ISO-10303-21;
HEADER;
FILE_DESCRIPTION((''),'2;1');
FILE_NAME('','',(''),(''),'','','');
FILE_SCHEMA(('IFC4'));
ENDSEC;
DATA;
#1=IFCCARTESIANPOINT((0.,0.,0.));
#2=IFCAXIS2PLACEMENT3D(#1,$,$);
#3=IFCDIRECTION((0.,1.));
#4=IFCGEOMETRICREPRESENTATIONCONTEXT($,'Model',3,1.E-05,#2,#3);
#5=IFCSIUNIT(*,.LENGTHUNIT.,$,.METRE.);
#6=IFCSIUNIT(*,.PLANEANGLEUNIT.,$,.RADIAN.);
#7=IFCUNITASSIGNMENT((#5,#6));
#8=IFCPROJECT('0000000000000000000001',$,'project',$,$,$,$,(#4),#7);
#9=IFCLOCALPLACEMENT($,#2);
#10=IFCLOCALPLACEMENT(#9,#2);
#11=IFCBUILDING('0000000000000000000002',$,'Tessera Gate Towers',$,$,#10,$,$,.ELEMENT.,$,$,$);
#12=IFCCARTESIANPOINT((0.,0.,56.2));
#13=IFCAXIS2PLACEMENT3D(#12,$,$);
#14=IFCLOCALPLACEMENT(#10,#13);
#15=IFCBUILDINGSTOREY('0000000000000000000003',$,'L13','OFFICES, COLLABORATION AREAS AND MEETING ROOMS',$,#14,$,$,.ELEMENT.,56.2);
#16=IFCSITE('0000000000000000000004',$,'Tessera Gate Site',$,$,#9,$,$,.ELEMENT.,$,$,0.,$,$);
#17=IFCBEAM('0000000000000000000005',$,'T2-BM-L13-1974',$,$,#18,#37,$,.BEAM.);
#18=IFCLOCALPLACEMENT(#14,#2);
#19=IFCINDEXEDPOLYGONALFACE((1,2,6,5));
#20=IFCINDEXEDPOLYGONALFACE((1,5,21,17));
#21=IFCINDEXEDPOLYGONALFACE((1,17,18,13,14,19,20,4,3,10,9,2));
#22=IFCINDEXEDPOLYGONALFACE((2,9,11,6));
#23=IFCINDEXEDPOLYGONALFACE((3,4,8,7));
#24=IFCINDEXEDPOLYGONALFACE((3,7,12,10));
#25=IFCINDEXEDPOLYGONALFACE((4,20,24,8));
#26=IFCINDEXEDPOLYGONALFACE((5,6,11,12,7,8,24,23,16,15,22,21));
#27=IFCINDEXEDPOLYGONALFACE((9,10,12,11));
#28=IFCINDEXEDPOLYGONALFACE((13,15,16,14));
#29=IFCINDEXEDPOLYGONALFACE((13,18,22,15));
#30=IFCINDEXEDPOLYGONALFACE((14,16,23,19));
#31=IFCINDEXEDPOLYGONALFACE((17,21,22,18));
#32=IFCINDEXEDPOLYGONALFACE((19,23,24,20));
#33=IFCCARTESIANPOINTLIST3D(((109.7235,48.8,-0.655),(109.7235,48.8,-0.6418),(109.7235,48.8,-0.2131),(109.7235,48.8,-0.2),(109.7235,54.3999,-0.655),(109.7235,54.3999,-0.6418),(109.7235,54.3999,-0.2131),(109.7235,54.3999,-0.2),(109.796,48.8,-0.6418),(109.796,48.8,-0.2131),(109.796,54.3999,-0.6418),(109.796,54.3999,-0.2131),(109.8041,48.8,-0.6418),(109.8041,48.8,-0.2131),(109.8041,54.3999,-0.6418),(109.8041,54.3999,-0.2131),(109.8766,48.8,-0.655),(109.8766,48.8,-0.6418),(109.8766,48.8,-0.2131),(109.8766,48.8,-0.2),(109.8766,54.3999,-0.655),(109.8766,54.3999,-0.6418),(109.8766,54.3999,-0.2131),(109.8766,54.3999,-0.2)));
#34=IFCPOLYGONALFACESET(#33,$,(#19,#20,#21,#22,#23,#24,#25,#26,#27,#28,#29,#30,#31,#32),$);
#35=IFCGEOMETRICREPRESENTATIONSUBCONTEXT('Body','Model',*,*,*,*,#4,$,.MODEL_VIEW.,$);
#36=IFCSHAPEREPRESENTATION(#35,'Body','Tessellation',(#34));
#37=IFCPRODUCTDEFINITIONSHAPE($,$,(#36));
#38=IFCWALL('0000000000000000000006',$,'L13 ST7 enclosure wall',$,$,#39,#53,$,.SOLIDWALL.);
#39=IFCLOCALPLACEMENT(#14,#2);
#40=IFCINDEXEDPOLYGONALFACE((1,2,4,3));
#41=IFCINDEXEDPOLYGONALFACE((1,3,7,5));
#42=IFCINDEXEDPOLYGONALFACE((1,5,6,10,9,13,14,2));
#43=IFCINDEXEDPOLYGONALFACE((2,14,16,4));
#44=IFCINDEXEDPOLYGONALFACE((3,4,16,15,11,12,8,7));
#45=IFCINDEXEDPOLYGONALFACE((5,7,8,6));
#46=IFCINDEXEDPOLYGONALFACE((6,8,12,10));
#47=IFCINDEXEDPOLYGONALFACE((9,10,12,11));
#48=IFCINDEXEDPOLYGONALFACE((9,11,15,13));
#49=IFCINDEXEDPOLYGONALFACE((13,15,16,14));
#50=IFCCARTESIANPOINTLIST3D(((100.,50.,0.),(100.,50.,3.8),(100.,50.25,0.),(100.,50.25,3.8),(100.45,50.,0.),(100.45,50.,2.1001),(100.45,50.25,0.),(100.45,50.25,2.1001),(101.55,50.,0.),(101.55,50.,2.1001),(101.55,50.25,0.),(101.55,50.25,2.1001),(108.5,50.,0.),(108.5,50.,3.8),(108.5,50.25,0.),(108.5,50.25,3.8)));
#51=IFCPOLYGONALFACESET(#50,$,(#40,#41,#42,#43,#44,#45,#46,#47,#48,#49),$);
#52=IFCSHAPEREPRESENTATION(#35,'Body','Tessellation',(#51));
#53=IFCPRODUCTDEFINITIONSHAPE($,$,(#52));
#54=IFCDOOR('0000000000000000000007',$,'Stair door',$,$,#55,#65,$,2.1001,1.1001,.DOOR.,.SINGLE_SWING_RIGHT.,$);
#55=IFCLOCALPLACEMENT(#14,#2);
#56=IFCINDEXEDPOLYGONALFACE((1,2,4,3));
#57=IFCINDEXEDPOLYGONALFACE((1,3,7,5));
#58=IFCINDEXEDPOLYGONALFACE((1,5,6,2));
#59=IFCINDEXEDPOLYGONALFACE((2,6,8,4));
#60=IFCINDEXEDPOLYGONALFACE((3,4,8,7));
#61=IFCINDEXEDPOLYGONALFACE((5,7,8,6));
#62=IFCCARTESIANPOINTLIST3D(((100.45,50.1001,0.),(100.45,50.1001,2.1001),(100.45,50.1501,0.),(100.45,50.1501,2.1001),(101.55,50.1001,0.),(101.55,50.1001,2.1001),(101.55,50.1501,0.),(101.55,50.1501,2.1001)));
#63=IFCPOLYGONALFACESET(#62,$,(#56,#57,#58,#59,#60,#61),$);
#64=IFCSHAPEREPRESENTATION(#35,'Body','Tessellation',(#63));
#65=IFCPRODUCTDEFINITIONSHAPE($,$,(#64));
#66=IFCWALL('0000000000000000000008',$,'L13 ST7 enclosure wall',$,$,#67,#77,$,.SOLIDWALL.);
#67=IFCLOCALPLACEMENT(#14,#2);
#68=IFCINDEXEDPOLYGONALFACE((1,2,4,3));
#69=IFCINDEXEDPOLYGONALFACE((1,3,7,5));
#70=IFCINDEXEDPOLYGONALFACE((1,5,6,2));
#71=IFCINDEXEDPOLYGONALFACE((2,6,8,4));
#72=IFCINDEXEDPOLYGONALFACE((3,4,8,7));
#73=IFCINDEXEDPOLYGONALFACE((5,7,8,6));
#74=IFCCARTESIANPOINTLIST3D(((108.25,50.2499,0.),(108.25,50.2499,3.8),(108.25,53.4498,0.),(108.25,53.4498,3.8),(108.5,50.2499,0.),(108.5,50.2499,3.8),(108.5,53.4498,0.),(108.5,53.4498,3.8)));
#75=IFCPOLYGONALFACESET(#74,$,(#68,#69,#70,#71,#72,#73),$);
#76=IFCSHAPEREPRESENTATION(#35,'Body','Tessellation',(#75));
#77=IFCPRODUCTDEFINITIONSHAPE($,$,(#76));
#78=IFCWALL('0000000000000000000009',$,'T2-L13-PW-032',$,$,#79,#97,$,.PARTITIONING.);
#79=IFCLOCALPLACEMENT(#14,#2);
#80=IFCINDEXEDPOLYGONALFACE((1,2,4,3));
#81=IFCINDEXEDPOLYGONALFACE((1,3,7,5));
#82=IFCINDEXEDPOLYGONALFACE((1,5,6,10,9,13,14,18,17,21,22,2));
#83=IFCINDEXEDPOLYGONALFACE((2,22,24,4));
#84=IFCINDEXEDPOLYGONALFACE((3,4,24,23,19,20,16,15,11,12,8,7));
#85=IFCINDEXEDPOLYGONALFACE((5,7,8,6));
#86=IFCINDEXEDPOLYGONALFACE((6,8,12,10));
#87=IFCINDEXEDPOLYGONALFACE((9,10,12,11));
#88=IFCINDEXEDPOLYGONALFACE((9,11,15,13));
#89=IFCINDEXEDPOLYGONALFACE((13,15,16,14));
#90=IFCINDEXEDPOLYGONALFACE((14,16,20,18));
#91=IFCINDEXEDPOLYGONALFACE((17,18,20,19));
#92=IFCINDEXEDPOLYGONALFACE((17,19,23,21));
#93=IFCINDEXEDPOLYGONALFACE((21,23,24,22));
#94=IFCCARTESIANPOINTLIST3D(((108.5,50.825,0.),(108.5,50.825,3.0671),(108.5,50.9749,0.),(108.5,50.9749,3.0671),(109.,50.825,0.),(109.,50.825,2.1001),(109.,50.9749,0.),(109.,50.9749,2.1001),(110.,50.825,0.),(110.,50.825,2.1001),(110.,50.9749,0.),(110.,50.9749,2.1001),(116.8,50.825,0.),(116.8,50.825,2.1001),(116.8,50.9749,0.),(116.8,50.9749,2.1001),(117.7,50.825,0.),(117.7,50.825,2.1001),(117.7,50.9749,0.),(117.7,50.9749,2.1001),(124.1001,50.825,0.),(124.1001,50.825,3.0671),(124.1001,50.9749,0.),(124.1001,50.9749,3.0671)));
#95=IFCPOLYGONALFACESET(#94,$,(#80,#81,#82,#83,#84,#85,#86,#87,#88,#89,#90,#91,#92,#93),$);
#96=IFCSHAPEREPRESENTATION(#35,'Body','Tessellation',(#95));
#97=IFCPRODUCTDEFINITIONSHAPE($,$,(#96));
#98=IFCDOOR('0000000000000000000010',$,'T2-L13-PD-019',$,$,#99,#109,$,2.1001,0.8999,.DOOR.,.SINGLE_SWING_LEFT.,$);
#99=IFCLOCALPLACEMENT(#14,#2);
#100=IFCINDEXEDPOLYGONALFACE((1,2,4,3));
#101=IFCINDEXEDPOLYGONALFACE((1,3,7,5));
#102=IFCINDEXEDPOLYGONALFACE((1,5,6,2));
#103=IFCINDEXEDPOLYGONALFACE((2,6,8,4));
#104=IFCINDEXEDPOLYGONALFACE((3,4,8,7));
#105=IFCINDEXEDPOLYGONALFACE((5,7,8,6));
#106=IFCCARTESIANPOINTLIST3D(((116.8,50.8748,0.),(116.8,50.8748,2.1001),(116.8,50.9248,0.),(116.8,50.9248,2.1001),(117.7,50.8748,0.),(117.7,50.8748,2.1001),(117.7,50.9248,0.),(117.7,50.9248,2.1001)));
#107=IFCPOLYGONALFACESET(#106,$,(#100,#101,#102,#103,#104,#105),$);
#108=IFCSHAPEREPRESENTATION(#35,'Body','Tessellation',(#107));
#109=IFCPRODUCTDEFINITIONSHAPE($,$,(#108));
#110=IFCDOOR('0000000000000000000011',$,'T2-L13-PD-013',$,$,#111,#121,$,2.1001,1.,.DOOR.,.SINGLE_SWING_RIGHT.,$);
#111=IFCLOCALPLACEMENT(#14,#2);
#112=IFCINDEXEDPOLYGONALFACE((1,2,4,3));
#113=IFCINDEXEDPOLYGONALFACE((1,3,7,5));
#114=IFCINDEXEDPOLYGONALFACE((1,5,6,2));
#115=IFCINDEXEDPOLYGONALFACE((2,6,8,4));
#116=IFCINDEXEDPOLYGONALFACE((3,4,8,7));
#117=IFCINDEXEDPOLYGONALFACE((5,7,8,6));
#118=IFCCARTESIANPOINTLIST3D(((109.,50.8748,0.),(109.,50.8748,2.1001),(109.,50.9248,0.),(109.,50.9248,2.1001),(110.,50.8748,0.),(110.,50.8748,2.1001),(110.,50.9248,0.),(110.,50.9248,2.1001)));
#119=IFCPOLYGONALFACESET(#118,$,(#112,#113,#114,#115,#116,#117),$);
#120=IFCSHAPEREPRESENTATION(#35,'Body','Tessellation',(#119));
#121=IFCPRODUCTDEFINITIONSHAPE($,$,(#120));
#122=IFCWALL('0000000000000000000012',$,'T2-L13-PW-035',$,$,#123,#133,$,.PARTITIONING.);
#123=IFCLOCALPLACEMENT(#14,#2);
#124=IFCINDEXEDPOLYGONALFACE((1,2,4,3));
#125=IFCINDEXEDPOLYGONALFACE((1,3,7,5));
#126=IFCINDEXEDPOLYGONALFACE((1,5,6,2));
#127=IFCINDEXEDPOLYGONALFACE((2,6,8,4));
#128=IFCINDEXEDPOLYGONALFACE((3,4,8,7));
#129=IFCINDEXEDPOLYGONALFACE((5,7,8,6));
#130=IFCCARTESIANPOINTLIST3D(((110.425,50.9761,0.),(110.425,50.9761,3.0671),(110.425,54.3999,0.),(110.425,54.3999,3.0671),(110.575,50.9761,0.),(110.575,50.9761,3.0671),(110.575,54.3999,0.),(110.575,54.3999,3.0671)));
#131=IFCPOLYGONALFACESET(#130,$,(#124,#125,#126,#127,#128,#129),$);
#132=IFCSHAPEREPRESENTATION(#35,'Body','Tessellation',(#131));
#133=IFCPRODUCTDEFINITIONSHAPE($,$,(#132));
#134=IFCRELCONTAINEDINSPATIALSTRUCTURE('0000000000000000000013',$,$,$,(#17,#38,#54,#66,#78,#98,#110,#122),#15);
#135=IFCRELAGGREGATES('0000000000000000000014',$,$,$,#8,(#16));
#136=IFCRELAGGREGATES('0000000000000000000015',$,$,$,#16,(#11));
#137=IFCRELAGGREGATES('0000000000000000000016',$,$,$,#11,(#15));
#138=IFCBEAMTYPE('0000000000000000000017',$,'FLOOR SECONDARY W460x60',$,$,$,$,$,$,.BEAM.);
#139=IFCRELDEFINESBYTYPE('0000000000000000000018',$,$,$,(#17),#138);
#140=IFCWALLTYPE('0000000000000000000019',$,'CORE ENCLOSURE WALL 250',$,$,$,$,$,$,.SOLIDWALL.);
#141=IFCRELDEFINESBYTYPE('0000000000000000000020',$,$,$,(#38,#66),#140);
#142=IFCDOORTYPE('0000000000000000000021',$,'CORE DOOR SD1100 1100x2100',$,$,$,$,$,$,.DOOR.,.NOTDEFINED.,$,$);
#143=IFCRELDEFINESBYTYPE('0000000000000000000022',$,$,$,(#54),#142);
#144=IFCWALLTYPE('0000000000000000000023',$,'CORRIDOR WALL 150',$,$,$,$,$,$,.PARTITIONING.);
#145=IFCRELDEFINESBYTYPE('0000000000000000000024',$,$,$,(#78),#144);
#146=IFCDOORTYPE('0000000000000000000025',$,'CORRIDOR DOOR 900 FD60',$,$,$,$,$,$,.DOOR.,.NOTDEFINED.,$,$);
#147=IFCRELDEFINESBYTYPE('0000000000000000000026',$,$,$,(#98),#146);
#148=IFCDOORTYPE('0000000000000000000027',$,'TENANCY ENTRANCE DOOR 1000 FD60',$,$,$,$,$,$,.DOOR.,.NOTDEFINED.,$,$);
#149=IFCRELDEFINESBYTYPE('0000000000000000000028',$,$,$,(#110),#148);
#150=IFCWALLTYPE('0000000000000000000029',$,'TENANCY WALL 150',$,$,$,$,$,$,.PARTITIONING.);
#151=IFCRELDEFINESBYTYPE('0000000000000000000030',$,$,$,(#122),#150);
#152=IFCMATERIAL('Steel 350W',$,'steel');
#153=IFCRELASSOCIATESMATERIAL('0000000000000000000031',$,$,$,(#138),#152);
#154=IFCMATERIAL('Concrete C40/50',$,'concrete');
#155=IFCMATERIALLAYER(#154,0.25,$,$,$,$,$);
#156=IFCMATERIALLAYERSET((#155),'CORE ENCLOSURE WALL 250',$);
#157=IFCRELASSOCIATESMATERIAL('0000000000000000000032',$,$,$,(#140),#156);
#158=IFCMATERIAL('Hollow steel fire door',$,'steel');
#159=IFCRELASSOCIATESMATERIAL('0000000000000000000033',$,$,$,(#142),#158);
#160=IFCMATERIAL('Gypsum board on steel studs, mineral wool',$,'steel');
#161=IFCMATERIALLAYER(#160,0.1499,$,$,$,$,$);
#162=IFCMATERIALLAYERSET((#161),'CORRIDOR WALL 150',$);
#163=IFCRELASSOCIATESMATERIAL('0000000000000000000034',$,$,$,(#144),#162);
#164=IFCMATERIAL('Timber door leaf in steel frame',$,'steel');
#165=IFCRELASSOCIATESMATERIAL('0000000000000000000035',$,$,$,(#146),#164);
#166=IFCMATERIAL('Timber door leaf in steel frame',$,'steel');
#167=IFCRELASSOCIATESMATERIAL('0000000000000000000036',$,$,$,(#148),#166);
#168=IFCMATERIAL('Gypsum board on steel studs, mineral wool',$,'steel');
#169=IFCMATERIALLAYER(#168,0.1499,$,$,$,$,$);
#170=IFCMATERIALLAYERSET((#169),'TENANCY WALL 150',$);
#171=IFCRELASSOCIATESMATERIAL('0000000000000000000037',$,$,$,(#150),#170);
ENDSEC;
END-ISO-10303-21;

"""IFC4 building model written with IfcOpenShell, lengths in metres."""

from ifc_helpers import new_model, si_unit, direction, frame, frame_2d, origin, origin_2d, place, context, subcontext, project, spatial, rectangle, i_section, extrude, source, transform, mapped, material, layer, layer_set, material_profile, profile_set, type_object, element, fill, save


model = new_model("IFC4")

# Units and contexts
model_context = context("Model", 3, precision=1e-05, world=origin(), true_north=direction((0.0, 1.0)))
body_context = subcontext(model_context, "Body", "Model", "MODEL_VIEW")
ifc_project = project(units=[si_unit("LENGTHUNIT", "METRE"), si_unit("PLANEANGLEUNIT", "RADIAN")], contexts=[model_context])

# Site, building, storey
site_placement = place(None, origin())
site = spatial("IfcSite", under=ifc_project, at=site_placement, Name="Tessera Gate Site", CompositionType="ELEMENT", RefElevation=0.0)
building_placement = place(site_placement, origin())
building = spatial("IfcBuilding", under=site, at=building_placement, Name="Tessera Gate Towers", CompositionType="ELEMENT")
storey_placement = place(building_placement, frame((0.0, 0.0, 56.2)))
storey = spatial("IfcBuildingStorey", under=building, at=storey_placement, Name="L13", Description="OFFICES, COLLABORATION AREAS AND MEETING ROOMS", CompositionType="ELEMENT", Elevation=56.2)

# Beam
ifc_material_1 = material(Name="Steel 350W", Category="steel")
ifc_material_profile = material_profile(ifc_material_1, i_section(OverallWidth=0.1531, OverallDepth=0.4551, WebThickness=0.0081, FlangeThickness=0.0132, at=origin_2d()), Name="W460x60")
ifc_profile_set = profile_set([ifc_material_profile], Name="Steel 350W")
beam_type = type_object("IfcBeamType", Name="FLOOR SECONDARY W460x60", PredefinedType="BEAM", material=ifc_profile_set)
beam_placement = place(storey_placement, frame((109.8, 48.8, -0.4275), z_axis=(0.0, 1.0, 0.0), x_axis=(-1.0, 0.0, 0.0)))
element("IfcBeam", 1, at=beam_placement, inside=storey, type_object=beam_type, Name="T2-BM-L13-1974", PredefinedType="BEAM", context=body_context, shape_type="SweptSolid", body=[
    extrude(i_section(OverallWidth=0.1531, OverallDepth=0.4551, WebThickness=0.0081, FlangeThickness=0.0132, at=origin_2d()), origin(), (0.0, 0.0, 1.0), 5.5999),
])

# Wall, opening, door
ifc_material_2 = material(Name="Concrete C40/50", Category="concrete")
ifc_layer_1 = layer(ifc_material_2, 0.25)
ifc_layer_set_1 = layer_set([ifc_layer_1], Name="CORE ENCLOSURE WALL 250")
wall_type_1 = type_object("IfcWallType", Name="CORE ENCLOSURE WALL 250", PredefinedType="SOLIDWALL", material=ifc_layer_set_1)
wall_1_placement = place(storey_placement, frame((108.5, 50.125, 0.0), z_axis=(0.0, 0.0, 1.0), x_axis=(-1.0, 0.0, 0.0)))
wall_1 = element("IfcWall", 2, at=wall_1_placement, inside=storey, type_object=wall_type_1, Name="L13 ST7 enclosure wall", PredefinedType="SOLIDWALL", context=body_context, shape_type="SweptSolid", body=[
    extrude(rectangle(XDim=8.5, YDim=0.25, at=frame_2d((4.25, 0.0))), origin(), (0.0, 0.0, 1.0), 3.8),
])
shared_shape_1 = source(origin(), body_context, "Body", "SweptSolid", [
    extrude(rectangle(XDim=1.1001, YDim=2.1001, at=frame_2d((0.55, 1.05))), frame((0.0, 0.135, 0.0), z_axis=(0.0, -1.0, 0.0), x_axis=(1.0, 0.0, 0.0)), (0.0, 0.0, 1.0), 0.27),
])
opening_1_placement = place(wall_1_placement, frame((6.95, 0.0, 0.0)))
opening_1 = element("IfcOpeningElement", 3, at=opening_1_placement, cuts=wall_1, PredefinedType="OPENING", context=body_context, shape_type="MappedRepresentation", body=[
    mapped(shared_shape_1, transform((0.0, 0.0, 0.0), scale=1.0)),
])
ifc_material_3 = material(Name="Hollow steel fire door", Category="steel")
door_type_1 = type_object("IfcDoorType", Name="CORE DOOR SD1100 1100x2100", OperationType="NOTDEFINED", PredefinedType="DOOR", material=ifc_material_3)
shared_shape_2 = source(origin(), body_context, "Body", "SweptSolid", [
    extrude(rectangle(XDim=1.1001, YDim=2.1001, at=frame_2d((0.55, 1.05))), frame((0.0, 0.0249, 0.0), z_axis=(0.0, -1.0, 0.0), x_axis=(1.0, 0.0, 0.0)), (0.0, 0.0, 1.0), 0.05),
])
door_1_placement = place(opening_1_placement, origin())
door_1 = element("IfcDoor", 4, at=door_1_placement, inside=storey, type_object=door_type_1, Name="Stair door", OperationType="SINGLE_SWING_RIGHT", OverallHeight=2.1001, OverallWidth=1.1001, PredefinedType="DOOR", context=body_context, shape_type="MappedRepresentation", body=[
    mapped(shared_shape_2, transform((0.0, 0.0, 0.0), scale=1.0)),
])
fill(opening_1, door_1)

# Wall
wall_2_placement = place(storey_placement, frame((108.375, 53.45, 0.0), z_axis=(0.0, 0.0, 1.0), x_axis=(0.0, -1.0, 0.0)))
element("IfcWall", 5, at=wall_2_placement, inside=storey, type_object=wall_type_1, Name="L13 ST7 enclosure wall", PredefinedType="SOLIDWALL", context=body_context, shape_type="SweptSolid", body=[
    extrude(rectangle(XDim=3.2, YDim=0.25, at=frame_2d((1.6001, 0.0))), origin(), (0.0, 0.0, 1.0), 3.8),
])

# Wall, openings, doors
ifc_material_4 = material(Name="Gypsum board on steel studs, mineral wool", Category="steel")
ifc_layer_2 = layer(ifc_material_4, 0.1499)
ifc_layer_set_2 = layer_set([ifc_layer_2], Name="CORRIDOR WALL 150")
wall_type_2 = type_object("IfcWallType", Name="CORRIDOR WALL 150", PredefinedType="PARTITIONING", material=ifc_layer_set_2)
wall_3_placement = place(storey_placement, frame((108.5, 50.8999, 0.0), z_axis=(0.0, 0.0, 1.0), x_axis=(1.0, 0.0, 0.0)))
wall_3 = element("IfcWall", 6, at=wall_3_placement, inside=storey, type_object=wall_type_2, Name="T2-L13-PW-032", PredefinedType="PARTITIONING", context=body_context, shape_type="SweptSolid", body=[
    extrude(rectangle(XDim=15.6001, YDim=0.1499, at=frame_2d((7.8, 0.0))), origin(), (0.0, 0.0, 1.0), 3.0671),
])
shared_shape_3 = source(origin(), body_context, "Body", "SweptSolid", [
    extrude(rectangle(XDim=1.0, YDim=2.1001, at=frame_2d((0.5, 1.05))), frame((0.0, 0.085, 0.0), z_axis=(0.0, -1.0, 0.0), x_axis=(1.0, 0.0, 0.0)), (0.0, 0.0, 1.0), 0.1699),
])
opening_2_placement = place(wall_3_placement, frame((0.5, 0.0, 0.0)))
opening_2 = element("IfcOpeningElement", 7, at=opening_2_placement, cuts=wall_3, PredefinedType="OPENING", context=body_context, shape_type="MappedRepresentation", body=[
    mapped(shared_shape_3, transform((0.0, 0.0, 0.0), scale=1.0)),
])
shared_shape_4 = source(origin(), body_context, "Body", "SweptSolid", [
    extrude(rectangle(XDim=0.8999, YDim=2.1001, at=frame_2d((0.45, 1.05))), frame((0.0, 0.085, 0.0), z_axis=(0.0, -1.0, 0.0), x_axis=(1.0, 0.0, 0.0)), (0.0, 0.0, 1.0), 0.1699),
])
opening_3_placement = place(wall_3_placement, frame((8.3, 0.0, 0.0)))
opening_3 = element("IfcOpeningElement", 8, at=opening_3_placement, cuts=wall_3, PredefinedType="OPENING", context=body_context, shape_type="MappedRepresentation", body=[
    mapped(shared_shape_4, transform((0.0, 0.0, 0.0), scale=1.0)),
])
ifc_material_5 = material(Name="Timber door leaf in steel frame", Category="steel")
door_type_2 = type_object("IfcDoorType", Name="CORRIDOR DOOR 900 FD60", OperationType="NOTDEFINED", PredefinedType="DOOR", material=ifc_material_5)
shared_shape_5 = source(origin(), body_context, "Body", "SweptSolid", [
    extrude(rectangle(XDim=0.8999, YDim=2.1001, at=frame_2d((0.45, 1.05))), frame((0.0, 0.0249, 0.0), z_axis=(0.0, -1.0, 0.0), x_axis=(1.0, 0.0, 0.0)), (0.0, 0.0, 1.0), 0.05),
])
door_2_placement = place(opening_3_placement, origin())
door_2 = element("IfcDoor", 9, at=door_2_placement, inside=storey, type_object=door_type_2, Name="T2-L13-PD-019", OperationType="SINGLE_SWING_LEFT", OverallHeight=2.1001, OverallWidth=0.8999, PredefinedType="DOOR", context=body_context, shape_type="MappedRepresentation", body=[
    mapped(shared_shape_5, transform((0.0, 0.0, 0.0), scale=1.0)),
])
fill(opening_3, door_2)
ifc_material_6 = material(Name="Timber door leaf in steel frame", Category="steel")
door_type_3 = type_object("IfcDoorType", Name="TENANCY ENTRANCE DOOR 1000 FD60", OperationType="NOTDEFINED", PredefinedType="DOOR", material=ifc_material_6)
shared_shape_6 = source(origin(), body_context, "Body", "SweptSolid", [
    extrude(rectangle(XDim=1.0, YDim=2.1001, at=frame_2d((0.5, 1.05))), frame((0.0, 0.0249, 0.0), z_axis=(0.0, -1.0, 0.0), x_axis=(1.0, 0.0, 0.0)), (0.0, 0.0, 1.0), 0.05),
])
door_3_placement = place(opening_2_placement, origin())
door_3 = element("IfcDoor", 10, at=door_3_placement, inside=storey, type_object=door_type_3, Name="T2-L13-PD-013", OperationType="SINGLE_SWING_RIGHT", OverallHeight=2.1001, OverallWidth=1.0, PredefinedType="DOOR", context=body_context, shape_type="MappedRepresentation", body=[
    mapped(shared_shape_6, transform((0.0, 0.0, 0.0), scale=1.0)),
])
fill(opening_2, door_3)

# Wall
ifc_material_7 = material(Name="Gypsum board on steel studs, mineral wool", Category="steel")
ifc_layer_3 = layer(ifc_material_7, 0.1499)
ifc_layer_set_3 = layer_set([ifc_layer_3], Name="TENANCY WALL 150")
wall_type_3 = type_object("IfcWallType", Name="TENANCY WALL 150", PredefinedType="PARTITIONING", material=ifc_layer_set_3)
wall_4_placement = place(storey_placement, frame((110.5, 50.9761, 0.0), z_axis=(0.0, 0.0, 1.0), x_axis=(0.0, 1.0, 0.0)))
element("IfcWall", 11, at=wall_4_placement, inside=storey, type_object=wall_type_3, Name="T2-L13-PW-035", PredefinedType="PARTITIONING", context=body_context, shape_type="SweptSolid", body=[
    extrude(rectangle(XDim=3.4238, YDim=0.1499, at=frame_2d((1.7119, 0.0))), origin(), (0.0, 0.0, 1.0), 3.0671),
])

save(model, "model.ifc")
